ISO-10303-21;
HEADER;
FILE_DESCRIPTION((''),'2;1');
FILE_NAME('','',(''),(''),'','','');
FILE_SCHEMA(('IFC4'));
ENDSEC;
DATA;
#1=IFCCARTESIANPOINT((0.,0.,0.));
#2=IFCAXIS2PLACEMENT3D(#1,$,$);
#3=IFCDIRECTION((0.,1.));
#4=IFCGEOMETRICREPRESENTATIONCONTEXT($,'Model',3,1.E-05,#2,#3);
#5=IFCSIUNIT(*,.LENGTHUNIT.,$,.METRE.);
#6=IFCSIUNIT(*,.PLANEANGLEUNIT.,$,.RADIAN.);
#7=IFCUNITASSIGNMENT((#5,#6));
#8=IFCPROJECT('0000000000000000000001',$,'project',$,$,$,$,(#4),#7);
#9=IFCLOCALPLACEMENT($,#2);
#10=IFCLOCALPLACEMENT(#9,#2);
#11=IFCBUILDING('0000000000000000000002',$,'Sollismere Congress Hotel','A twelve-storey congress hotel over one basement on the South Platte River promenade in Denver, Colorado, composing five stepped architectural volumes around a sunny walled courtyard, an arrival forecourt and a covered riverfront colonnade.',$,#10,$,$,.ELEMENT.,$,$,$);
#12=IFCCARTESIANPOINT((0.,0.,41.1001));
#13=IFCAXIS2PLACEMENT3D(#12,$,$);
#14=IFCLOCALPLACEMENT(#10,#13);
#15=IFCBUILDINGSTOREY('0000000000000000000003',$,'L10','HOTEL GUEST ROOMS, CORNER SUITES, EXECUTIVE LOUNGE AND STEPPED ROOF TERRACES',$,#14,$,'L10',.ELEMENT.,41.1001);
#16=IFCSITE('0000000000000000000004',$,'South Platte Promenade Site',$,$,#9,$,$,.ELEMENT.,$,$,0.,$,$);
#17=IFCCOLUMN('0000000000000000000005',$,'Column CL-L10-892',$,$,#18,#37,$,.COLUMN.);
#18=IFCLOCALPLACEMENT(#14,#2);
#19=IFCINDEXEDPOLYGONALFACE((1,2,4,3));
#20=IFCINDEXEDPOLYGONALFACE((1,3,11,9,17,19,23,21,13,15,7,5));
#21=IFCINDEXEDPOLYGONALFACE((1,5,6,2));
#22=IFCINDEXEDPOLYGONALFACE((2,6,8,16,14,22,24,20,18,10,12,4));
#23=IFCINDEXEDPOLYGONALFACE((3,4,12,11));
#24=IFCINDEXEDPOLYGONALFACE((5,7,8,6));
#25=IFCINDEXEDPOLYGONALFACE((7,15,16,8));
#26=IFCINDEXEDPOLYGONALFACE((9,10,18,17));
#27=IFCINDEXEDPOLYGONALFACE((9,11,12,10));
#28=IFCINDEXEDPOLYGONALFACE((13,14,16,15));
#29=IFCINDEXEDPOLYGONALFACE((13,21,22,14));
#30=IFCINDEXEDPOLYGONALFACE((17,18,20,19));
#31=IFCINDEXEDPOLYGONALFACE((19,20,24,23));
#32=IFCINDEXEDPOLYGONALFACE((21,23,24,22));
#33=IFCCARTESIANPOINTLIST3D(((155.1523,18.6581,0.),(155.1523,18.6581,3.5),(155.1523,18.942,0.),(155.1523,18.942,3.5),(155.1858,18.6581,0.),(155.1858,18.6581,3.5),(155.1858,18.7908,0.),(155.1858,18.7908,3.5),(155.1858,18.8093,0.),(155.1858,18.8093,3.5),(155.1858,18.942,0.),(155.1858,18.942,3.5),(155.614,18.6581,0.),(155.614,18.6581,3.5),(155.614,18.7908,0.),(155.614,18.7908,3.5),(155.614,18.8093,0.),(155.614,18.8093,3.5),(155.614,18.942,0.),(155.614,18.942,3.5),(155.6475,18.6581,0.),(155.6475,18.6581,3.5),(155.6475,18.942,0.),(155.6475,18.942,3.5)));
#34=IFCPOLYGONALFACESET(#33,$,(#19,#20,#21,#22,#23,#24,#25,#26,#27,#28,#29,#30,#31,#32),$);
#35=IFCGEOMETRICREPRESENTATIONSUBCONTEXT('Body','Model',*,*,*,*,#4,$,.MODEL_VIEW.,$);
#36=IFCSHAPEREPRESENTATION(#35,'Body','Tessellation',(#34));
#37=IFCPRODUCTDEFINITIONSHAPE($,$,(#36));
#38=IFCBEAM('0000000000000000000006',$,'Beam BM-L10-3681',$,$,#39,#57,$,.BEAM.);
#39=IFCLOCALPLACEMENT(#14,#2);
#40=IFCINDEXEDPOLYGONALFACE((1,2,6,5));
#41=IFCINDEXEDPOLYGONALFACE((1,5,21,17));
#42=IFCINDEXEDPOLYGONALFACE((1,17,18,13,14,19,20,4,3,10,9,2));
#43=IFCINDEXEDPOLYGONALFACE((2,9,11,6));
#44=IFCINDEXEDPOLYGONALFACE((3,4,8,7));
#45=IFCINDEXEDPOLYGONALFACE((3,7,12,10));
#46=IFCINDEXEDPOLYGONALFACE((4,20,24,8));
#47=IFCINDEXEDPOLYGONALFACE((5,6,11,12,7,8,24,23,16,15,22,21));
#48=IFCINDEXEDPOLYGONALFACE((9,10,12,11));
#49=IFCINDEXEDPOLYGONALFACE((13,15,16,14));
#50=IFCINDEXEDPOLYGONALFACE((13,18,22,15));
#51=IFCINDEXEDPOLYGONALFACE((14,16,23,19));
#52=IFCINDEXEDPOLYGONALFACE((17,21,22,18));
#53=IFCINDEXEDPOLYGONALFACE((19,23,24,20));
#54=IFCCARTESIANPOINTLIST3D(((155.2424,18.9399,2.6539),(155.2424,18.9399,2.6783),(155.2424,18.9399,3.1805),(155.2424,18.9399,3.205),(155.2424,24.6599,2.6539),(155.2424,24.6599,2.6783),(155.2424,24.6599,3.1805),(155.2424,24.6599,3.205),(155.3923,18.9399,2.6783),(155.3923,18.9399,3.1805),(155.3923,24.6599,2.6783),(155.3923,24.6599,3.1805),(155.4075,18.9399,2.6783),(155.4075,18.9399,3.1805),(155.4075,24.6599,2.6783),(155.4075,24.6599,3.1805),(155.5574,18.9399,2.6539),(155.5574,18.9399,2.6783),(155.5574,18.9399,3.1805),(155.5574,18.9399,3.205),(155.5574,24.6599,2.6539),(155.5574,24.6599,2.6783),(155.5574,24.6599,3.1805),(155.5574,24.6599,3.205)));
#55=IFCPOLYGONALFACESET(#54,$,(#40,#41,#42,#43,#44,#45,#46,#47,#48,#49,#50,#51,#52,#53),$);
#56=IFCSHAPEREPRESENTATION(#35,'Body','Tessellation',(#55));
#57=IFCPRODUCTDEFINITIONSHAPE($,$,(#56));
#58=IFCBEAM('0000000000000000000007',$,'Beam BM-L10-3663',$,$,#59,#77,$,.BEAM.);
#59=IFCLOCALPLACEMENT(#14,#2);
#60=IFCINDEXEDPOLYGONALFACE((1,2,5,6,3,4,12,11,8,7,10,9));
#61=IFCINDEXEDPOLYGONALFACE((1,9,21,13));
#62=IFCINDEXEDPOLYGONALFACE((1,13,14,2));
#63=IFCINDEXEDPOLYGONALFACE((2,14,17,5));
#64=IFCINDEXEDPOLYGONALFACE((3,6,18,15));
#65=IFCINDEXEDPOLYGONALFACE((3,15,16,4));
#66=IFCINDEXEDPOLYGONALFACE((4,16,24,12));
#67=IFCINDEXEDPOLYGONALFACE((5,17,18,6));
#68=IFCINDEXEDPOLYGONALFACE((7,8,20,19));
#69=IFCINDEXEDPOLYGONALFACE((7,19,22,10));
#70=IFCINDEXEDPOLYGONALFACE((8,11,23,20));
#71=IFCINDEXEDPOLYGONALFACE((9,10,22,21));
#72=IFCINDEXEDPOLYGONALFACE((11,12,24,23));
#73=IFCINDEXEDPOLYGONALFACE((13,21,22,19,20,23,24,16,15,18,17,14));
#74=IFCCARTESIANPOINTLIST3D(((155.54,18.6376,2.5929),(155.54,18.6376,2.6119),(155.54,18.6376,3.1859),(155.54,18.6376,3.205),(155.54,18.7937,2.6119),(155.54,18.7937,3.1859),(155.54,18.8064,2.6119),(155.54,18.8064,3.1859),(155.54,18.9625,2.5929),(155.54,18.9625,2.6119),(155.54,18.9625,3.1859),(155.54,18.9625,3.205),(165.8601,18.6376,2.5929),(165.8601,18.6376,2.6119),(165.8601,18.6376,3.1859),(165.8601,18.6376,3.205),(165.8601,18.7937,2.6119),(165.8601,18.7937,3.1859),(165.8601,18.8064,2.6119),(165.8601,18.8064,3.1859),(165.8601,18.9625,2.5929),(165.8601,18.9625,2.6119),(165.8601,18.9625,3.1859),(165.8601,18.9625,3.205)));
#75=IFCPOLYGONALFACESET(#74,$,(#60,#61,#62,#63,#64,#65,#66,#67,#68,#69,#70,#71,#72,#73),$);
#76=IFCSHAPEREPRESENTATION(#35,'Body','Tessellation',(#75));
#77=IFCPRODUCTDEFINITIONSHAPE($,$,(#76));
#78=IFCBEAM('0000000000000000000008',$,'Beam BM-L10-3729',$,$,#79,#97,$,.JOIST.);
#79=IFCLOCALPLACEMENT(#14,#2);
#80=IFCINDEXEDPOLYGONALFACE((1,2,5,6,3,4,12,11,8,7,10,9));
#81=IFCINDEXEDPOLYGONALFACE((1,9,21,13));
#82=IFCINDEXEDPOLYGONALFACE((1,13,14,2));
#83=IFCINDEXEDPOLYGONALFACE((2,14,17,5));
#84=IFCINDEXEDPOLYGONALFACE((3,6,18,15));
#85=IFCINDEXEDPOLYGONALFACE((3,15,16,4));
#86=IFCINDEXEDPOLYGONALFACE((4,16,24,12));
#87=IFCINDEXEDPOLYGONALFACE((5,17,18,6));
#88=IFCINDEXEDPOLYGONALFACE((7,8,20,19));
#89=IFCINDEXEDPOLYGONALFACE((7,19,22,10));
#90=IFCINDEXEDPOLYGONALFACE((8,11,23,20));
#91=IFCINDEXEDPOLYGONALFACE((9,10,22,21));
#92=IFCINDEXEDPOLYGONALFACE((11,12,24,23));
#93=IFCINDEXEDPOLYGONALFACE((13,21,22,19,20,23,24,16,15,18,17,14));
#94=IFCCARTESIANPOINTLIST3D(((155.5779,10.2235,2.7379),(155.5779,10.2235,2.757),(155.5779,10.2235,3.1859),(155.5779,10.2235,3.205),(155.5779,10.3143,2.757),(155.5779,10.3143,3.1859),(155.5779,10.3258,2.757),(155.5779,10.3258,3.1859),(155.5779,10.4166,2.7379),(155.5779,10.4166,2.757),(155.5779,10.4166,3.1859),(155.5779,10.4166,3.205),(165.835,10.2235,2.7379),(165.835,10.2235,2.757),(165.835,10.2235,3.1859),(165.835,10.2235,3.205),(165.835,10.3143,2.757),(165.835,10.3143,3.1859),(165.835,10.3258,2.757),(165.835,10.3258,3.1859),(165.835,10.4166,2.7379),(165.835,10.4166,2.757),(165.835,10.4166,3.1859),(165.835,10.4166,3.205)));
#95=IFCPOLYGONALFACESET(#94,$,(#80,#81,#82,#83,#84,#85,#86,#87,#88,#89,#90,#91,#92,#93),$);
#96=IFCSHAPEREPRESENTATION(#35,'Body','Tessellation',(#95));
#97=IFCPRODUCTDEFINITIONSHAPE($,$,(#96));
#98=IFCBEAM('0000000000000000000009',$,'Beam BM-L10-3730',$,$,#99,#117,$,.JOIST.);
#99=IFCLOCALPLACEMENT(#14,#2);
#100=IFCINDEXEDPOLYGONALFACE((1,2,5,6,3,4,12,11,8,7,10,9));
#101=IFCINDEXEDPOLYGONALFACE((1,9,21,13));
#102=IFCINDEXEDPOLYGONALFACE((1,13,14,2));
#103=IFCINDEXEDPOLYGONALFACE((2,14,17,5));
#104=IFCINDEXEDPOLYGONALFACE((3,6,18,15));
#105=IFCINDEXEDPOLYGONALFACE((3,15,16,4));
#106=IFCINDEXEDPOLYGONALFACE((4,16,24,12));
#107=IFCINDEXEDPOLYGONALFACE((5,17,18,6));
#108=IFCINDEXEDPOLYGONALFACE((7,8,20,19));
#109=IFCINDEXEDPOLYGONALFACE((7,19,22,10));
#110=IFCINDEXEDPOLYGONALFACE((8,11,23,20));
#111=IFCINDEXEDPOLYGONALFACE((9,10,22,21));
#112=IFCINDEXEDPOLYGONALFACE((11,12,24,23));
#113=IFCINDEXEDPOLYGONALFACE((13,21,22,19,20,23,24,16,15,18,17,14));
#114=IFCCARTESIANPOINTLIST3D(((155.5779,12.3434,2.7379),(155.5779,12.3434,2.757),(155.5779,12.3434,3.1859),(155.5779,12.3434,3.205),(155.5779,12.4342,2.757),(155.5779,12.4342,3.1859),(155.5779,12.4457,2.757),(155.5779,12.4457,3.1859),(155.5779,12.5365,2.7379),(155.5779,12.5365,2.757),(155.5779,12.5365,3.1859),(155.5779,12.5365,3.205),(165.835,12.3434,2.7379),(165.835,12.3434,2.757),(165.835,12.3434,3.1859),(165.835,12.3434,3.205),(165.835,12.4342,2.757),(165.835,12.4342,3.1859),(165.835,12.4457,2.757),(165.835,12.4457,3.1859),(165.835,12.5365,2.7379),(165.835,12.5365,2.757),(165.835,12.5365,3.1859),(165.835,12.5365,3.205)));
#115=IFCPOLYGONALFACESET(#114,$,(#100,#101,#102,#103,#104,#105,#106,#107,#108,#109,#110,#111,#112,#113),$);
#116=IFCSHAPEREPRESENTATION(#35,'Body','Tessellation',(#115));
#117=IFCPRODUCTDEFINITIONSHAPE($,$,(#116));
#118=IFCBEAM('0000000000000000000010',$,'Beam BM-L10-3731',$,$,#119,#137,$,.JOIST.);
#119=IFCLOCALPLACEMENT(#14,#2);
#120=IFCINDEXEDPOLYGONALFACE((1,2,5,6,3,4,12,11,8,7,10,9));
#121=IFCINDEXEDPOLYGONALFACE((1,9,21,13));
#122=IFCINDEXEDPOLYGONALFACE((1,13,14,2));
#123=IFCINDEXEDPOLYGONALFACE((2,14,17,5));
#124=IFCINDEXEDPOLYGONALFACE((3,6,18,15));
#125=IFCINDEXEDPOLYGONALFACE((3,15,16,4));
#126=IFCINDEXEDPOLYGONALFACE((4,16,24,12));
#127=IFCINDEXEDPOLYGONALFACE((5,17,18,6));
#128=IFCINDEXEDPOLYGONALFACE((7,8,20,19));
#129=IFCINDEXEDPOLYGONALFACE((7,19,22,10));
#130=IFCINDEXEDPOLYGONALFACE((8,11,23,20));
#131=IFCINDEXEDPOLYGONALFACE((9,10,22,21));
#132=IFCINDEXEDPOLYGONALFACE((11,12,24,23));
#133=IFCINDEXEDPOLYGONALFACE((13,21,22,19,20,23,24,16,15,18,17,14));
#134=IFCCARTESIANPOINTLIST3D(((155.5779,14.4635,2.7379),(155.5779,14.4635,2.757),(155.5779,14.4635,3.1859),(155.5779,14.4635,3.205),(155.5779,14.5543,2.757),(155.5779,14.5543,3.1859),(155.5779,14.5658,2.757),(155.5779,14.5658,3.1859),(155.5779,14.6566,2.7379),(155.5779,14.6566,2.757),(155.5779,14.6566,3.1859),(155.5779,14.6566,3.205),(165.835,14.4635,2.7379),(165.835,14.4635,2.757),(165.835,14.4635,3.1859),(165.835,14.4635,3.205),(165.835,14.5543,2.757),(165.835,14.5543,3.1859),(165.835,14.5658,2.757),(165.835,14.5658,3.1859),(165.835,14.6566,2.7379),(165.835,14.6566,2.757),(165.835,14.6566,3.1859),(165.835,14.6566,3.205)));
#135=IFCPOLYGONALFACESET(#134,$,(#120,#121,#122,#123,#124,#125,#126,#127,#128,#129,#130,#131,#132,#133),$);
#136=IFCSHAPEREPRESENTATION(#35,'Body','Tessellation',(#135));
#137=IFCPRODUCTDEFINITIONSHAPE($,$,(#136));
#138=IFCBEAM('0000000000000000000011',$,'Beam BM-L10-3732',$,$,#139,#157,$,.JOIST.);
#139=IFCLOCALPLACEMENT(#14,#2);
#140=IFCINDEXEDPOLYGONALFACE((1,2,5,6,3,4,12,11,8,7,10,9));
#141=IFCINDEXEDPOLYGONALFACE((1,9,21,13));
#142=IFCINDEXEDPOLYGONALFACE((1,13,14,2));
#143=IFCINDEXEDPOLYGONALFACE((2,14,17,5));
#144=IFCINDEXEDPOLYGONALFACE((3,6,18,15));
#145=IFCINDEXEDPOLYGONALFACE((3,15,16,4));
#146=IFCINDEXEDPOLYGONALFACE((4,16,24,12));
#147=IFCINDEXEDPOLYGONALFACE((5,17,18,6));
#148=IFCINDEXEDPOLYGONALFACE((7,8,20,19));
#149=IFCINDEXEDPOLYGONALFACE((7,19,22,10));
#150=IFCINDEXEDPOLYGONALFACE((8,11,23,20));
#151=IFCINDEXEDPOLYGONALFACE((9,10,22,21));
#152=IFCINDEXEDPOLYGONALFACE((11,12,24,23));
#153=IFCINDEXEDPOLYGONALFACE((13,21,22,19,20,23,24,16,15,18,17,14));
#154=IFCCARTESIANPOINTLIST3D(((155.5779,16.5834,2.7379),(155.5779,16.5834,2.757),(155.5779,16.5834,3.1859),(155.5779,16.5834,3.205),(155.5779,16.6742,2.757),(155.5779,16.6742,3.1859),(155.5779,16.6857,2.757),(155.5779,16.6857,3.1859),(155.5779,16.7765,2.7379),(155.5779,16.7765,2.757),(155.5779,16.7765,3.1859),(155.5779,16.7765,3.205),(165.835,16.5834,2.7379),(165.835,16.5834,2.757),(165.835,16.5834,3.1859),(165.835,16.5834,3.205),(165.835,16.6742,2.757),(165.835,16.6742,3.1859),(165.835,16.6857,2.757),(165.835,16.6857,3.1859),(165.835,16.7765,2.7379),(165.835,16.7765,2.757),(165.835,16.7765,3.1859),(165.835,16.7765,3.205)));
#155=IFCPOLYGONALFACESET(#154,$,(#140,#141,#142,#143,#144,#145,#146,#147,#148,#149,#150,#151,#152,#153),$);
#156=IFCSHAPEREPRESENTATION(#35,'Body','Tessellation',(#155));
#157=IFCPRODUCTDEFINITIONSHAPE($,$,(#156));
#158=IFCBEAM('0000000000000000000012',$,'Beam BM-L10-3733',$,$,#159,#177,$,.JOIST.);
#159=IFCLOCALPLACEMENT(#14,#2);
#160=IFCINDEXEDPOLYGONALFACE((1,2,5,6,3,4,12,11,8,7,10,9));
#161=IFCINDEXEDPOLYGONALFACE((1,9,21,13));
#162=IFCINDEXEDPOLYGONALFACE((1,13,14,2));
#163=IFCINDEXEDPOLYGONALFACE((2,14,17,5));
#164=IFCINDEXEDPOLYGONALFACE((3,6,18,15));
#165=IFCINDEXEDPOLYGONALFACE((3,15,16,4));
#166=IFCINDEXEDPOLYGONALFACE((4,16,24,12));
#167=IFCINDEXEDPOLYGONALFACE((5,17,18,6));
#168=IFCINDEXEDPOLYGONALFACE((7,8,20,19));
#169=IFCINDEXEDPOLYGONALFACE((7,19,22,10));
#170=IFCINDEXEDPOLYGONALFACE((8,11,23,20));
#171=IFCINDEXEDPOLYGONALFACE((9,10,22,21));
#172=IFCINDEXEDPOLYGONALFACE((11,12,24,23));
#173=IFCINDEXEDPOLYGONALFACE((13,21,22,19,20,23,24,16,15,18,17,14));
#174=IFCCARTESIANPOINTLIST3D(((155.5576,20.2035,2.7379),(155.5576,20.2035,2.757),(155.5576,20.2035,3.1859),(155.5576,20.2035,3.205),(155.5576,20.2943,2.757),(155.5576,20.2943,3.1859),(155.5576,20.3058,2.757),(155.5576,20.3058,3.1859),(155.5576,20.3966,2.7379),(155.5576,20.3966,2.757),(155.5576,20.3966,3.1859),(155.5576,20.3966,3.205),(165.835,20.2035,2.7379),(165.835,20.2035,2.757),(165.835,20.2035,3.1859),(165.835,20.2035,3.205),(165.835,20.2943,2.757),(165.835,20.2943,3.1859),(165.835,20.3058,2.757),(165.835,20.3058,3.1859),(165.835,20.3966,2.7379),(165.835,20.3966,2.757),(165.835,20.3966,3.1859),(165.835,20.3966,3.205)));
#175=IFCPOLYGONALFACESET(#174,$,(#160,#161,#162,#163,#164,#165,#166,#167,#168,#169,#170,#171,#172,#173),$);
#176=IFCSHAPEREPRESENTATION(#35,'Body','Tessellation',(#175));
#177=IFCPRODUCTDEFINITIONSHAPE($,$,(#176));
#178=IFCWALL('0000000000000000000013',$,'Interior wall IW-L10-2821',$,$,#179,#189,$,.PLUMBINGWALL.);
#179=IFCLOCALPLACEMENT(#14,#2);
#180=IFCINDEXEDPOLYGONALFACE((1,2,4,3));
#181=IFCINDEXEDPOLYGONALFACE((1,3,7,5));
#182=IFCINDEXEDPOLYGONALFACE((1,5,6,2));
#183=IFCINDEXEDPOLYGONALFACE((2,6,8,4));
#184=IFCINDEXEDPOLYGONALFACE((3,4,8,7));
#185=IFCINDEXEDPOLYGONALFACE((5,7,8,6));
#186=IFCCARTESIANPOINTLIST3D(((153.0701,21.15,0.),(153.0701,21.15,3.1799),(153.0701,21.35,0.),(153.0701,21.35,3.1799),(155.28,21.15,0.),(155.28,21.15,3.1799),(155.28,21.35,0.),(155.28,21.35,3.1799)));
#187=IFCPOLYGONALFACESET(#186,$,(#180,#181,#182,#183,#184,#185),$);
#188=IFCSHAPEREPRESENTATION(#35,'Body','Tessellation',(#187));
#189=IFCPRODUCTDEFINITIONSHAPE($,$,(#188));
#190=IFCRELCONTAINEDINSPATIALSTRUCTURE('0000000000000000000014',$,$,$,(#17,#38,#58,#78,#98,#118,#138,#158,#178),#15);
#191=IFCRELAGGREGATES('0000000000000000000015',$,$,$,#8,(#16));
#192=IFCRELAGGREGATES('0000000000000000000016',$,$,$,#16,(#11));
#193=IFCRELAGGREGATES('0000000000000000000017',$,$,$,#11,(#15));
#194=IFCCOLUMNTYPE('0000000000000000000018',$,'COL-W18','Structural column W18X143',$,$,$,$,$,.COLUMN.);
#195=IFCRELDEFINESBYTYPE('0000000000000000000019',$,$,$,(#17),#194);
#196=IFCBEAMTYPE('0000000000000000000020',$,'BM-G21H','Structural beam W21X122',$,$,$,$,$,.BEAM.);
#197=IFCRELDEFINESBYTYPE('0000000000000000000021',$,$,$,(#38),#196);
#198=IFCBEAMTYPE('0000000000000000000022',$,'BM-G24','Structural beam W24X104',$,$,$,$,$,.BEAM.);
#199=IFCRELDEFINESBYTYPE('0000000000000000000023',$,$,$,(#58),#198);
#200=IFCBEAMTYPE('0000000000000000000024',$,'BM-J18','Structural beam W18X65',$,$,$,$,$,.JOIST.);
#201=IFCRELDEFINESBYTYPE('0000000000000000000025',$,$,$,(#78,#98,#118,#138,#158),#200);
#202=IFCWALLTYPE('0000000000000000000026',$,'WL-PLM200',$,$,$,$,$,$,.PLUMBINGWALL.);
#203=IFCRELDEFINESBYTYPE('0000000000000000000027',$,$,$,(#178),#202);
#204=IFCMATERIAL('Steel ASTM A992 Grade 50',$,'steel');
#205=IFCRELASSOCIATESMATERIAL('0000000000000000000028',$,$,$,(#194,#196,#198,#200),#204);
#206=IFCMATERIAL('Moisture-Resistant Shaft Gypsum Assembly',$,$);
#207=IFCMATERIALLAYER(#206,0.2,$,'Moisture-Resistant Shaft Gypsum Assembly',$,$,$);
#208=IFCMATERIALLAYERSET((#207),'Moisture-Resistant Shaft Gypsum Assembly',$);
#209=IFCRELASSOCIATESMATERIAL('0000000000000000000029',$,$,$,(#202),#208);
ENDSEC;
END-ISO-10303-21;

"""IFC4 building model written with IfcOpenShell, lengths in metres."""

from ifc_helpers import new_model, si_unit, direction, frame, frame_2d, origin, origin_2d, place, context, subcontext, project, spatial, rectangle, i_section, extrude, material, layer, layer_set, material_profile, profile_set, type_object, element, save


model = new_model("IFC4")

# Units and contexts
model_context = context("Model", 3, precision=1e-05, world=origin(), true_north=direction((0.0, 1.0)))
body_context = subcontext(model_context, "Body", "Model", "MODEL_VIEW")
ifc_project = project(units=[si_unit("LENGTHUNIT", "METRE"), si_unit("PLANEANGLEUNIT", "RADIAN")], contexts=[model_context])

# Site, building, storey
site_placement = place(None, origin())
site = spatial("IfcSite", under=ifc_project, at=site_placement, Name="South Platte Promenade Site", CompositionType="ELEMENT", RefElevation=0.0)
building_placement = place(site_placement, origin())
building = spatial("IfcBuilding", under=site, at=building_placement, Name="Sollismere Congress Hotel", Description="A twelve-storey congress hotel over one basement on the South Platte River promenade in Denver, Colorado, composing five stepped architectural volumes around a sunny walled courtyard, an arrival forecourt and a covered riverfront colonnade.", CompositionType="ELEMENT")
storey_placement = place(building_placement, frame((0.0, 0.0, 41.1001)))
storey = spatial("IfcBuildingStorey", under=building, at=storey_placement, Name="L10", Description="HOTEL GUEST ROOMS, CORNER SUITES, EXECUTIVE LOUNGE AND STEPPED ROOF TERRACES", LongName="L10", CompositionType="ELEMENT", Elevation=41.1001)

# Column
ifc_material_1 = material(Name="Steel ASTM A992 Grade 50", Category="steel")
ifc_material_profile_1 = material_profile(ifc_material_1, i_section(OverallWidth=0.2839, OverallDepth=0.4951, WebThickness=0.0186, FlangeThickness=0.0334, at=origin_2d()), Name="W18X143")
ifc_profile_set_1 = profile_set([ifc_material_profile_1], Name="Steel ASTM A992 Grade 50")
column_type = type_object("IfcColumnType", Name="COL-W18", Description="Structural column W18X143", PredefinedType="COLUMN", material=ifc_profile_set_1)
column_placement = place(storey_placement, frame((155.3999, 18.8, 0.0), z_axis=(0.0, 0.0, 1.0), x_axis=(0.0, 1.0, 0.0)))
element("IfcColumn", 1, at=column_placement, inside=storey, type_object=column_type, Name="Column CL-L10-892", PredefinedType="COLUMN", context=body_context, shape_type="SweptSolid", body=[
    extrude(i_section(OverallWidth=0.2839, OverallDepth=0.4951, WebThickness=0.0186, FlangeThickness=0.0334, at=origin_2d()), origin(), (0.0, 0.0, 1.0), 3.5),
])

# Beams
ifc_material_profile_2 = material_profile(ifc_material_1, i_section(OverallWidth=0.3149, OverallDepth=0.551, WebThickness=0.0151, FlangeThickness=0.0244, at=origin_2d()), Name="W21X122")
ifc_profile_set_2 = profile_set([ifc_material_profile_2], Name="Steel ASTM A992 Grade 50")
beam_type_1 = type_object("IfcBeamType", Name="BM-G21H", Description="Structural beam W21X122", PredefinedType="BEAM", material=ifc_profile_set_2)
beam_1_placement = place(storey_placement, frame((155.3999, 18.9399, 2.9294), z_axis=(0.0, 1.0, 0.0), x_axis=(-1.0, 0.0, 0.0)))
element("IfcBeam", 2, at=beam_1_placement, inside=storey, type_object=beam_type_1, Name="Beam BM-L10-3681", PredefinedType="BEAM", context=body_context, shape_type="SweptSolid", body=[
    extrude(i_section(OverallWidth=0.3149, OverallDepth=0.551, WebThickness=0.0151, FlangeThickness=0.0244, at=origin_2d()), origin(), (0.0, 0.0, 1.0), 5.72),
])
ifc_material_profile_3 = material_profile(ifc_material_1, i_section(OverallWidth=0.325, OverallDepth=0.6121, WebThickness=0.0127, FlangeThickness=0.019, at=origin_2d()), Name="W24X104")
ifc_profile_set_3 = profile_set([ifc_material_profile_3], Name="Steel ASTM A992 Grade 50")
beam_type_2 = type_object("IfcBeamType", Name="BM-G24", Description="Structural beam W24X104", PredefinedType="BEAM", material=ifc_profile_set_3)
beam_2_placement = place(storey_placement, frame((155.54, 18.8, 2.8989), z_axis=(1.0, 0.0, 0.0), x_axis=(0.0, 1.0, 0.0)))
element("IfcBeam", 3, at=beam_2_placement, inside=storey, type_object=beam_type_2, Name="Beam BM-L10-3663", PredefinedType="BEAM", context=body_context, shape_type="SweptSolid", body=[
    extrude(i_section(OverallWidth=0.325, OverallDepth=0.6121, WebThickness=0.0127, FlangeThickness=0.019, at=origin_2d()), origin(), (0.0, 0.0, 1.0), 10.3201),
])
ifc_material_profile_4 = material_profile(ifc_material_1, i_section(OverallWidth=0.1931, OverallDepth=0.467, WebThickness=0.0115, FlangeThickness=0.019, at=origin_2d()), Name="W18X65")
ifc_profile_set_4 = profile_set([ifc_material_profile_4], Name="Steel ASTM A992 Grade 50")
beam_type_3 = type_object("IfcBeamType", Name="BM-J18", Description="Structural beam W18X65", PredefinedType="JOIST", material=ifc_profile_set_4)
for number, where, z_axis, x_axis, name in (
    (4, (155.5779, 10.3201, 2.9714), (1.0, 0.0, 0.0), (0.0, 1.0, 0.0), "Beam BM-L10-3729"),
    (5, (155.5779, 12.4399, 2.9714), (1.0, 0.0, 0.0), (0.0, 1.0, 0.0), "Beam BM-L10-3730"),
    (6, (155.5779, 14.5601, 2.9714), (1.0, 0.0, 0.0), (0.0, 1.0, 0.0), "Beam BM-L10-3731"),
    (7, (155.5779, 16.6799, 2.9714), (1.0, 0.0, 0.0), (0.0, 1.0, 0.0), "Beam BM-L10-3732"),
):
    element("IfcBeam", number, at=place(storey_placement, frame(where, z_axis=z_axis, x_axis=x_axis)), inside=storey, type_object=beam_type_3, Name=name, PredefinedType="JOIST", context=body_context, shape_type="SweptSolid", body=[
        extrude(i_section(OverallWidth=0.1931, OverallDepth=0.467, WebThickness=0.0115, FlangeThickness=0.019, at=origin_2d()), origin(), (0.0, 0.0, 1.0), 10.2571),
    ])
beam_3_placement = place(storey_placement, frame((155.5576, 20.3, 2.9714), z_axis=(1.0, 0.0, 0.0), x_axis=(0.0, 1.0, 0.0)))
element("IfcBeam", 8, at=beam_3_placement, inside=storey, type_object=beam_type_3, Name="Beam BM-L10-3733", PredefinedType="JOIST", context=body_context, shape_type="SweptSolid", body=[
    extrude(i_section(OverallWidth=0.1931, OverallDepth=0.467, WebThickness=0.0115, FlangeThickness=0.019, at=origin_2d()), origin(), (0.0, 0.0, 1.0), 10.2773),
])

# Wall
ifc_material_2 = material(Name="Moisture-Resistant Shaft Gypsum Assembly")
ifc_layer_1 = layer(ifc_material_2, 0.2, Name="Moisture-Resistant Shaft Gypsum Assembly")
ifc_layer_set_1 = layer_set([ifc_layer_1], Name="Moisture-Resistant Shaft Gypsum Assembly")
wall_type_1 = type_object("IfcWallType", Name="WL-PLM200", PredefinedType="PLUMBINGWALL", material=ifc_layer_set_1)
wall_1_placement = place(storey_placement, frame((153.0701, 21.25, 0.0), z_axis=(0.0, 0.0, 1.0), x_axis=(1.0, 0.0, 0.0)))
element("IfcWall", 9, at=wall_1_placement, inside=storey, type_object=wall_type_1, Name="Interior wall IW-L10-2821", PredefinedType="PLUMBINGWALL", context=body_context, shape_type="SweptSolid", body=[
    extrude(rectangle(XDim=2.21, YDim=0.2, at=frame_2d((1.105, 0.0))), origin(), (0.0, 0.0, 1.0), 3.1799),
])

save(model, "model.ifc")
